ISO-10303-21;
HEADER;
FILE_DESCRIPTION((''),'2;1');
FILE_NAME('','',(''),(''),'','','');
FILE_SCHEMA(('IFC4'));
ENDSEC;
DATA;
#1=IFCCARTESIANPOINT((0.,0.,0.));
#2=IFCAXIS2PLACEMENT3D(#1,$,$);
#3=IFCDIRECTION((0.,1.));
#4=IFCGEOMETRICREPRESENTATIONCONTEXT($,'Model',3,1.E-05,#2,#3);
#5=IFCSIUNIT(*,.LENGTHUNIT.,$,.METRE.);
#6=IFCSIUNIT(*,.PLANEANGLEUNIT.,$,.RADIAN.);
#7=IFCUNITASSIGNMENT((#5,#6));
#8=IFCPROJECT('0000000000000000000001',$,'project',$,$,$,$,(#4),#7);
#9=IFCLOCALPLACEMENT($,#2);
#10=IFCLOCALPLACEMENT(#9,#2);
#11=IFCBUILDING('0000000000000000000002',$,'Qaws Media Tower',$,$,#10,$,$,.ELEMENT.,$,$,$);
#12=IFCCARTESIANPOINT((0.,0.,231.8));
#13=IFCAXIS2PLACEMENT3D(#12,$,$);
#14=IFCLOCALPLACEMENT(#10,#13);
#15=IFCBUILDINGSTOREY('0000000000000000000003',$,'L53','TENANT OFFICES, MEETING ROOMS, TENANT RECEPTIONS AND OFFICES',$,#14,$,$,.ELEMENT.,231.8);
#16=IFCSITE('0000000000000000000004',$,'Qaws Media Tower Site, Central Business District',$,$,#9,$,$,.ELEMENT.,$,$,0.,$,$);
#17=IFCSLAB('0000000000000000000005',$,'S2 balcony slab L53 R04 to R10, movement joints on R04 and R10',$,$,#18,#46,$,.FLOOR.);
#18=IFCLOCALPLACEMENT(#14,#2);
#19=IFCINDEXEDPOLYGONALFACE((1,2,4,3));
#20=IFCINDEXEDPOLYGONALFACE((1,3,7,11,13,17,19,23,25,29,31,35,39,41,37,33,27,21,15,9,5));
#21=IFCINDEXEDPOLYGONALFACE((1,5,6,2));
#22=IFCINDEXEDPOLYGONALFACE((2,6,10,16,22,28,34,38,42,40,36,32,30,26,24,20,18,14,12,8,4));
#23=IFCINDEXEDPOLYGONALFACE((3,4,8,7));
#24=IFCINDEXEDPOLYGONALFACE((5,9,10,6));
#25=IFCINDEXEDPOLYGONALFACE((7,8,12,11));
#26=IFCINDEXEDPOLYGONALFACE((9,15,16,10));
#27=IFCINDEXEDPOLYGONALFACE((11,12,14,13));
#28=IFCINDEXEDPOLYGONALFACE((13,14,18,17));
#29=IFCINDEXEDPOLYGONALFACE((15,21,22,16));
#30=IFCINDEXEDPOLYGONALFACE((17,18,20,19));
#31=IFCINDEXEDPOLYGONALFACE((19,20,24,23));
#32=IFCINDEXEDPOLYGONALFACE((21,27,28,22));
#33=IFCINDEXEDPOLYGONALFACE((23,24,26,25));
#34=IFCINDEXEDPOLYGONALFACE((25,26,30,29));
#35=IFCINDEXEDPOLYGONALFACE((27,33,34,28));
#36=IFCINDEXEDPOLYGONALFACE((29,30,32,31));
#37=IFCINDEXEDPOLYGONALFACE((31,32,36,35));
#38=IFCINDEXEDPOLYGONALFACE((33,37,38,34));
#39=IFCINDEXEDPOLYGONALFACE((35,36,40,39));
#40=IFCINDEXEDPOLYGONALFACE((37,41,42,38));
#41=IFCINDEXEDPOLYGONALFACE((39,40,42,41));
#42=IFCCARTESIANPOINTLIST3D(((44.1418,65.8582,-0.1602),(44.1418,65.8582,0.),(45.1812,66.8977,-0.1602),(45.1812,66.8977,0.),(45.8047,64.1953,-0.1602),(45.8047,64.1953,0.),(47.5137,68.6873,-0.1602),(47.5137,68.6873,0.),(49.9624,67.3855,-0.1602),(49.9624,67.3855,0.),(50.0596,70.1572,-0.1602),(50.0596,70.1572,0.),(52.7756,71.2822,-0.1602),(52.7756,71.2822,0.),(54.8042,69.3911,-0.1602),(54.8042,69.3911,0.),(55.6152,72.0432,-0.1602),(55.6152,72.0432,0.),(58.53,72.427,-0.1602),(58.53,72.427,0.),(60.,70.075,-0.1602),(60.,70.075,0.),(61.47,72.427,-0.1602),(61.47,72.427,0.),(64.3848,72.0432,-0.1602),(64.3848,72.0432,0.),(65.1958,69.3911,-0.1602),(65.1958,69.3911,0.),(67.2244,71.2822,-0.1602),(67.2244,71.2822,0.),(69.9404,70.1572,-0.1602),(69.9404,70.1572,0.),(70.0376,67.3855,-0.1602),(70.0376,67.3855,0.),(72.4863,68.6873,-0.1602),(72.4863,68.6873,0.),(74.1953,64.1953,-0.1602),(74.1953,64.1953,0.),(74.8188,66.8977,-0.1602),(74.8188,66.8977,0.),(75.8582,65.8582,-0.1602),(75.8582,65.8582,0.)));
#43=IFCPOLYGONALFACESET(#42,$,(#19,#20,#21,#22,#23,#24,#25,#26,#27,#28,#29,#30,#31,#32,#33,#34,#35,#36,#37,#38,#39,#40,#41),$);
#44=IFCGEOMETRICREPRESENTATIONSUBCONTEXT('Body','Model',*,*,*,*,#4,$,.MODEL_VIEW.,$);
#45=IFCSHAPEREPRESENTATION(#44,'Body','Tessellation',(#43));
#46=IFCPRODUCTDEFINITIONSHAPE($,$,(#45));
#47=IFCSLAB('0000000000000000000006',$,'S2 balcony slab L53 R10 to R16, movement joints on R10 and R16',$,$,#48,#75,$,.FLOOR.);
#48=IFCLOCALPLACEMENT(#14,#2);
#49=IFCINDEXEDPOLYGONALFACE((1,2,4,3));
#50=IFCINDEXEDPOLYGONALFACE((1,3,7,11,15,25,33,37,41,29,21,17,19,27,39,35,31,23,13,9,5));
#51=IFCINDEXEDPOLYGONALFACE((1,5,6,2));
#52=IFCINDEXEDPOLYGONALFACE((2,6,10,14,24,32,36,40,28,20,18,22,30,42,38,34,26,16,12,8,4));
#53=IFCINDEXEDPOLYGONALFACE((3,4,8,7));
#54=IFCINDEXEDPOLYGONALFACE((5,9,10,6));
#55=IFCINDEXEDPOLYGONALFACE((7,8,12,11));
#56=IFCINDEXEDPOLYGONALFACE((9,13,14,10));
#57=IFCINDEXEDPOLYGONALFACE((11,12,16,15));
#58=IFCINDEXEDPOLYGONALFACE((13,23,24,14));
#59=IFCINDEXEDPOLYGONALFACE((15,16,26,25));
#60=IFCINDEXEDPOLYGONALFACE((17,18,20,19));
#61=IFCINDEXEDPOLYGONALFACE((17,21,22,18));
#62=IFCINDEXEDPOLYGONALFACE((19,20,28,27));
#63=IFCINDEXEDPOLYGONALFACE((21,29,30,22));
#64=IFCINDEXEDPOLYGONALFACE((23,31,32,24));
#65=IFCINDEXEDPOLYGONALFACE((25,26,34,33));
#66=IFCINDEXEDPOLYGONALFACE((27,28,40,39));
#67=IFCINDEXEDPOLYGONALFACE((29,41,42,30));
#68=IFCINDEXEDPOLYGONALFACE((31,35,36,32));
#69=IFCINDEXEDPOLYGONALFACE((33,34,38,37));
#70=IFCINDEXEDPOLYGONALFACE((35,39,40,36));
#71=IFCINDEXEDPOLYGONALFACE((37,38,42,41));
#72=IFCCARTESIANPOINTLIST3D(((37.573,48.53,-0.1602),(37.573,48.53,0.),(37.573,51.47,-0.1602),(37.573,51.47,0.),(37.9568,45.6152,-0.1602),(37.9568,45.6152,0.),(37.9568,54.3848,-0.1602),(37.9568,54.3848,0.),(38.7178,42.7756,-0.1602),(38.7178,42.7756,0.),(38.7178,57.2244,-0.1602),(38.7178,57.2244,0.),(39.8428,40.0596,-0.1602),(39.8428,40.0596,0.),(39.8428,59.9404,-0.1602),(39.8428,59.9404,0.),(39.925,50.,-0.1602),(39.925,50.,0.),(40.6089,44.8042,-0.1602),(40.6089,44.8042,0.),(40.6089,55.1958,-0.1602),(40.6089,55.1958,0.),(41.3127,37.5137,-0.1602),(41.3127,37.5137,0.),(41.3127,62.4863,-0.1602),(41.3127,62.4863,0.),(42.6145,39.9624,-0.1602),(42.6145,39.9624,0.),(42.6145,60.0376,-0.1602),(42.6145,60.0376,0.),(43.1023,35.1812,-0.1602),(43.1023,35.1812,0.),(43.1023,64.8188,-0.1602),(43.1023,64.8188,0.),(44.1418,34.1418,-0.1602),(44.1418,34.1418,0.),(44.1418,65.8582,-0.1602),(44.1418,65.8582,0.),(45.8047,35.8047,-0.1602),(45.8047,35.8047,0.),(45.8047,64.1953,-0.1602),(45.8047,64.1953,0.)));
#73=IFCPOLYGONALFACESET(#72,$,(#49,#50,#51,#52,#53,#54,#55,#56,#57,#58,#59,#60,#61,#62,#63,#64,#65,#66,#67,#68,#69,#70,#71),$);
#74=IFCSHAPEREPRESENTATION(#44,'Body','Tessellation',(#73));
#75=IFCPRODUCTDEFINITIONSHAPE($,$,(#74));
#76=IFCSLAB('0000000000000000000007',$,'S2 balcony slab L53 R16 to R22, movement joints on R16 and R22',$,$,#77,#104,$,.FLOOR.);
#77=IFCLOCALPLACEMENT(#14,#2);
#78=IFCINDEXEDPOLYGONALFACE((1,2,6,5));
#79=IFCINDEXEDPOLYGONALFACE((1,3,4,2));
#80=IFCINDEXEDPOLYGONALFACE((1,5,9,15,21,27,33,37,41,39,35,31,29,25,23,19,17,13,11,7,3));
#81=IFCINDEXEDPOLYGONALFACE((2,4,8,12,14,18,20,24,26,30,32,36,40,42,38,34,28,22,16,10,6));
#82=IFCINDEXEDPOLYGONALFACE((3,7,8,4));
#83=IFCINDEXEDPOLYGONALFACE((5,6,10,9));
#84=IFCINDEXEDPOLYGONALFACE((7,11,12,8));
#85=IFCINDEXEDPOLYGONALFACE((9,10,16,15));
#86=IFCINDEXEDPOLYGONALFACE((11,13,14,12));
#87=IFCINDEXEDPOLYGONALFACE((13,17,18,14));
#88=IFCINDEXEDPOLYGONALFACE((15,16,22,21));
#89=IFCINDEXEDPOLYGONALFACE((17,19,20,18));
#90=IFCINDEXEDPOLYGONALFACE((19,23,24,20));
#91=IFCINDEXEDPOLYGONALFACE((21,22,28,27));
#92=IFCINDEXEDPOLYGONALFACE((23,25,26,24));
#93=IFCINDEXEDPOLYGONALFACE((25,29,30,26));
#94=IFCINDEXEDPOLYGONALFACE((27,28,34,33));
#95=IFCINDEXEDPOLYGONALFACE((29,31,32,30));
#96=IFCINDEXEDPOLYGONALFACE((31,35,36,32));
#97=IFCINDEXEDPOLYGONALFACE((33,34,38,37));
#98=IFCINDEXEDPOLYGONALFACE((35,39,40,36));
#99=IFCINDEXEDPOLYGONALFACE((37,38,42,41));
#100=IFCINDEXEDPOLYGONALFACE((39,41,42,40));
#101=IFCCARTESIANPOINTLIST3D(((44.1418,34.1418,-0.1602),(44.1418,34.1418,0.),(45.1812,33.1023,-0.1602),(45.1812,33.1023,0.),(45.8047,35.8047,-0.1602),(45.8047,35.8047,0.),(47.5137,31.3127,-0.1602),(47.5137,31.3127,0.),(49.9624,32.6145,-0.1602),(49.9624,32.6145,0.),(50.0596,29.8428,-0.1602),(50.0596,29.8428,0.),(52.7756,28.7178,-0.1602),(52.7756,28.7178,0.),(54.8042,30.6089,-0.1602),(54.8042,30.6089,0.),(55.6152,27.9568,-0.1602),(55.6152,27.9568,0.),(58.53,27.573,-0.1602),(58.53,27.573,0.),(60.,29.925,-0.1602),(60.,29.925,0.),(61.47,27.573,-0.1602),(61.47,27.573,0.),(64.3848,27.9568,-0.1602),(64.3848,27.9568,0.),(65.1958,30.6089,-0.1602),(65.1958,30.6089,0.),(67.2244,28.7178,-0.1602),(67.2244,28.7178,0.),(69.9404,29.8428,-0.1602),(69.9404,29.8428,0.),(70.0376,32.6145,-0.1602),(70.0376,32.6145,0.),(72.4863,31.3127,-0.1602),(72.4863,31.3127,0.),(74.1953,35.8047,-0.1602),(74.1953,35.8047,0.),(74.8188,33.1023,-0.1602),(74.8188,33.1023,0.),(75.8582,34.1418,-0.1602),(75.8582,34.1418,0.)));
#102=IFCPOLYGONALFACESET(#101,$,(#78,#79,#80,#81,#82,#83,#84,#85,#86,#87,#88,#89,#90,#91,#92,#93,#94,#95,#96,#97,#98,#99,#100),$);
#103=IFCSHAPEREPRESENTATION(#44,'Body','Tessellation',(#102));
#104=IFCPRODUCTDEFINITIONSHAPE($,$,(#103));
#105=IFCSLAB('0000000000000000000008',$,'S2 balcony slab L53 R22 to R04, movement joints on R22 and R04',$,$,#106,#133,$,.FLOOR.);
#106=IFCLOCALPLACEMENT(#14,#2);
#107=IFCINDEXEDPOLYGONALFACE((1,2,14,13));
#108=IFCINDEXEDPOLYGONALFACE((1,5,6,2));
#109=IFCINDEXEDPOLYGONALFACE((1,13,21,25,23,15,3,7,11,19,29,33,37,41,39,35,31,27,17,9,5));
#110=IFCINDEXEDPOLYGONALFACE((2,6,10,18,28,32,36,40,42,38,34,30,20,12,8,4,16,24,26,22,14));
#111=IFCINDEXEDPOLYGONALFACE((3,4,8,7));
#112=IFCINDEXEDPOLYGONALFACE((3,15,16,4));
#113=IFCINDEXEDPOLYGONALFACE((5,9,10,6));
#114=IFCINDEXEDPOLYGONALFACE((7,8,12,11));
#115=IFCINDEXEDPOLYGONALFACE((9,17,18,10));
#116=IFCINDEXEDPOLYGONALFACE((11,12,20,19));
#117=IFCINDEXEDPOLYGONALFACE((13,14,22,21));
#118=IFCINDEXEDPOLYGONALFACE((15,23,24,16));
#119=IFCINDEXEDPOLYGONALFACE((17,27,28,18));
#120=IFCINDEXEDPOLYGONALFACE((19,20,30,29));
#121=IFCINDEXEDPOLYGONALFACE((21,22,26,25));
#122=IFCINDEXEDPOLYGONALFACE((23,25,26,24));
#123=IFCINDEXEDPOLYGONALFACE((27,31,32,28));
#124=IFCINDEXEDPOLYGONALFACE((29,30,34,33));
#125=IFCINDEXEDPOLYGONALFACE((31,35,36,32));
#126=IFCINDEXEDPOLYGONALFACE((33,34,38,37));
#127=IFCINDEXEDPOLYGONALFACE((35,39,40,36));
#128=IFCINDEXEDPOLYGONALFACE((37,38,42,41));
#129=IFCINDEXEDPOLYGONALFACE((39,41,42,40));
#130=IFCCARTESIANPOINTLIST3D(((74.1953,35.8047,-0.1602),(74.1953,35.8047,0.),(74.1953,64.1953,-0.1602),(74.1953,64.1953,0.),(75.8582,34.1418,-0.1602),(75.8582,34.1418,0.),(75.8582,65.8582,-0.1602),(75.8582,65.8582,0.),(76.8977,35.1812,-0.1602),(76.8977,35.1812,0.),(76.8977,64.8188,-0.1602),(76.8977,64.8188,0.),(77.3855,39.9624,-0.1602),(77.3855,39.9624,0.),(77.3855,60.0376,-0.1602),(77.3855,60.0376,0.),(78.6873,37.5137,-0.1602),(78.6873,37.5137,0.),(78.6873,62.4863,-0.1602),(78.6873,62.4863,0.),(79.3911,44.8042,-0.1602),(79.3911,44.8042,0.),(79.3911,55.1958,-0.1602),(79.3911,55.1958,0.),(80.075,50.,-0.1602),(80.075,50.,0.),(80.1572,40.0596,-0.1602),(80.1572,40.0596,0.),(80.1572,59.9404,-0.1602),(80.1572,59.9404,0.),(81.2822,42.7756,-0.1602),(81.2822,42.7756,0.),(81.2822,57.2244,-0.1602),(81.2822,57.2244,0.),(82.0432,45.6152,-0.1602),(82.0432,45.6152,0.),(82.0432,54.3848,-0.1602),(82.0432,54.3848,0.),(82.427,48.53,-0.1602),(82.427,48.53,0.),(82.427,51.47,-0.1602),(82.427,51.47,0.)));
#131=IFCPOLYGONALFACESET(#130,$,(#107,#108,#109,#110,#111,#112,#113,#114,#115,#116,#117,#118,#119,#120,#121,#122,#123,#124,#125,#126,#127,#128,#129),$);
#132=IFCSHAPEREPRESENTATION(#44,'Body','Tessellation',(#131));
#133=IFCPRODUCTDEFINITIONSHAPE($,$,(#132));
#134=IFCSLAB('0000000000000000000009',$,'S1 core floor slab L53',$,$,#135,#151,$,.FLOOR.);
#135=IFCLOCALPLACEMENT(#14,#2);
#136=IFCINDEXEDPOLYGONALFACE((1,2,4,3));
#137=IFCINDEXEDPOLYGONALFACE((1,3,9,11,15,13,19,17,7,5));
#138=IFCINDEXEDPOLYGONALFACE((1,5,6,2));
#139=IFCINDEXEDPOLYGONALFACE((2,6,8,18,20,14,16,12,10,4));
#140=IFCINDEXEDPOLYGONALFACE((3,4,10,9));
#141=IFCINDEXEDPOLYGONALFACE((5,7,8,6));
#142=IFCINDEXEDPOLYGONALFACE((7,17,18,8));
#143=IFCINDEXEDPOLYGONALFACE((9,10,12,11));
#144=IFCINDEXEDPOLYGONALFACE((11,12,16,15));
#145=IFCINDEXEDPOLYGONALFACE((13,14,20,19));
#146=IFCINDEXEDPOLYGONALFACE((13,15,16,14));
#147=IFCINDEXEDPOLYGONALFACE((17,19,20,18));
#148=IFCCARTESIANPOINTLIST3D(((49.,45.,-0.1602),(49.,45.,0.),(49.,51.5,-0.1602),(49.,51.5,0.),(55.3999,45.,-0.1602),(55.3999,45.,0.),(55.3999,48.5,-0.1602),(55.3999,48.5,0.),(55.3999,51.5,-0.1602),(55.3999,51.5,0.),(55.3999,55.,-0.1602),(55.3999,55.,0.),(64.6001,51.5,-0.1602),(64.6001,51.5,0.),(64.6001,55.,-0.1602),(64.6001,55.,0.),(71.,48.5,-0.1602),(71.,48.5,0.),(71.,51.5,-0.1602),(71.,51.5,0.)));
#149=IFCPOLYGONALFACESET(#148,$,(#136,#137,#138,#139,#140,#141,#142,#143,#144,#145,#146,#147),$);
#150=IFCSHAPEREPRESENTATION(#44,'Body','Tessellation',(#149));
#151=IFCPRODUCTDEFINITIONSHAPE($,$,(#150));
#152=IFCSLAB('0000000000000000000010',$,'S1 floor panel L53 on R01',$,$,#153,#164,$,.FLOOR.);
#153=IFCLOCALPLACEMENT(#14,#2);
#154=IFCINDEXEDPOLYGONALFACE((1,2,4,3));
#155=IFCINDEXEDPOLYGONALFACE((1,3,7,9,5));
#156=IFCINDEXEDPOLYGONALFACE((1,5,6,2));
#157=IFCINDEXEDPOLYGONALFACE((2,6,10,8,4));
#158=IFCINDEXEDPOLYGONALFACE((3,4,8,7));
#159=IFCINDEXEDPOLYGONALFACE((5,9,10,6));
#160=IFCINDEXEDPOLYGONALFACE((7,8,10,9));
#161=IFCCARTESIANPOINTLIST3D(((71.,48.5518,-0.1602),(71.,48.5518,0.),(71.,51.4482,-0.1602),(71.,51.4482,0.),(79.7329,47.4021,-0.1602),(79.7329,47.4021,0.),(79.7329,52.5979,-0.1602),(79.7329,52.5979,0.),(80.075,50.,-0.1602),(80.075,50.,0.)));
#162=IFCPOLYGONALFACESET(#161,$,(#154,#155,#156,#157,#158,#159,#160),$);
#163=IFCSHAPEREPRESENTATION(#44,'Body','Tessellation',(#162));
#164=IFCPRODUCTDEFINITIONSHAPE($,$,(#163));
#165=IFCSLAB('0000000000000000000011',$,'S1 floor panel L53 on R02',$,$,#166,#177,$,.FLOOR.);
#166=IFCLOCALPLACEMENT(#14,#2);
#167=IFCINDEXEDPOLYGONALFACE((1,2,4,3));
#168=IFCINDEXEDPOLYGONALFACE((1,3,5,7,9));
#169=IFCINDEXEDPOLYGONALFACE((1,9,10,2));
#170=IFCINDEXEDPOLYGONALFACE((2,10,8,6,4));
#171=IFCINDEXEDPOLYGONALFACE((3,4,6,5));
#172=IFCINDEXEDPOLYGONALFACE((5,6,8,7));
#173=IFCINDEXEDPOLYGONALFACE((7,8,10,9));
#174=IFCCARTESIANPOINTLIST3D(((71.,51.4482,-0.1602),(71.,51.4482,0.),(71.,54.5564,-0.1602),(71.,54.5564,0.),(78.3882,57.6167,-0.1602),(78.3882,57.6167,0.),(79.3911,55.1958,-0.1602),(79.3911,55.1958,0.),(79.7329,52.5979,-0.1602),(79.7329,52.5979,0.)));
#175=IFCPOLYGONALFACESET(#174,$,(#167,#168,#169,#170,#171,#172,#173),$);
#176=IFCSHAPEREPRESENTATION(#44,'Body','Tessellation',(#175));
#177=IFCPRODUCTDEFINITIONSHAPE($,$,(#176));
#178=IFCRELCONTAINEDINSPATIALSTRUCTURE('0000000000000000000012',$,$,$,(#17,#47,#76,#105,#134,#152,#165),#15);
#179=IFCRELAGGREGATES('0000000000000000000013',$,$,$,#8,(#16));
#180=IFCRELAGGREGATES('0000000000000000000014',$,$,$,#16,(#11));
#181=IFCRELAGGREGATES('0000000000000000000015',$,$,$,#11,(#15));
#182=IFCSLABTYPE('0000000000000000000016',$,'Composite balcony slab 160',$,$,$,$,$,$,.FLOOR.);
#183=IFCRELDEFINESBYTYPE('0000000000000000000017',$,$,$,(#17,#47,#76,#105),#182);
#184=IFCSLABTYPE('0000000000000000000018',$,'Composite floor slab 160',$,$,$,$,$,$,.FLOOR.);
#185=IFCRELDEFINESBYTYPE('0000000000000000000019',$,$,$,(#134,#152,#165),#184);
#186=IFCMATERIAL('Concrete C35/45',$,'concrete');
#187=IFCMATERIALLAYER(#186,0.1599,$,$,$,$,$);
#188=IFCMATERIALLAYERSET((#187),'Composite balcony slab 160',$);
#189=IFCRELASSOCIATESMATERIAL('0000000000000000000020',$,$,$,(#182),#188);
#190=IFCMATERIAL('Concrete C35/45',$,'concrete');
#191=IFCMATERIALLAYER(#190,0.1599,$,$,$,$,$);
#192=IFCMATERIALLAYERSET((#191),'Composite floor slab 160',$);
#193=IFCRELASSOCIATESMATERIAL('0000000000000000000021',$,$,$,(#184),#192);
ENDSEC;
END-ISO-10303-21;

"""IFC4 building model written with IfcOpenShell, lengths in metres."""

from ifc_helpers import new_model, si_unit, direction, frame, origin, place, context, subcontext, project, spatial, polyline, outline, extrude, material, layer, layer_set, type_object, element, save


model = new_model("IFC4")

# Units and contexts
model_context = context("Model", 3, precision=1e-05, world=origin(), true_north=direction((0.0, 1.0)))
body_context = subcontext(model_context, "Body", "Model", "MODEL_VIEW")
ifc_project = project(units=[si_unit("LENGTHUNIT", "METRE"), si_unit("PLANEANGLEUNIT", "RADIAN")], contexts=[model_context])

# Site, building, storey
site_placement = place(None, origin())
site = spatial("IfcSite", under=ifc_project, at=site_placement, Name="Qaws Media Tower Site, Central Business District", CompositionType="ELEMENT", RefElevation=0.0)
building_placement = place(site_placement, origin())
building = spatial("IfcBuilding", under=site, at=building_placement, Name="Qaws Media Tower", CompositionType="ELEMENT")
storey_placement = place(building_placement, frame((0.0, 0.0, 231.8)))
storey = spatial("IfcBuildingStorey", under=building, at=storey_placement, Name="L53", Description="TENANT OFFICES, MEETING ROOMS, TENANT RECEPTIONS AND OFFICES", CompositionType="ELEMENT", Elevation=231.8)

# Slabs
ifc_material_1 = material(Name="Concrete C35/45", Category="concrete")
ifc_layer_1 = layer(ifc_material_1, 0.1599)
ifc_layer_set_1 = layer_set([ifc_layer_1], Name="Composite balcony slab 160")
slab_type_1 = type_object("IfcSlabType", Name="Composite balcony slab 160", PredefinedType="FLOOR", material=ifc_layer_set_1)
slab_1_placement = place(storey_placement, frame((0.0, 0.0, -0.1602)))
element("IfcSlab", 1, at=slab_1_placement, inside=storey, type_object=slab_type_1, Name="S2 balcony slab L53 R04 to R10, movement joints on R04 and R10", PredefinedType="FLOOR", context=body_context, shape_type="SweptSolid", body=[
    extrude(outline(polyline([(45.1812, 66.8977), (47.5137, 68.6873), (50.0596, 70.1572), (52.7756, 71.2822), (55.6152, 72.0432), (58.53, 72.427), (61.47, 72.427), (64.3848, 72.0432), (67.2244, 71.2822), (69.9404, 70.1572), (72.4863, 68.6873), (74.8188, 66.8977), (75.8582, 65.8582), (74.1953, 64.1953), (70.0376, 67.3855), (65.1958, 69.3911), (60.0, 70.075), (54.8042, 69.3911), (49.9624, 67.3855), (45.8047, 64.1953), (44.1418, 65.8582), (45.1812, 66.8977)])), origin(), (0.0, 0.0, 1.0), 0.1602),
])
slab_2_placement = place(storey_placement, frame((0.0, 0.0, -0.1602)))
element("IfcSlab", 2, at=slab_2_placement, inside=storey, type_object=slab_type_1, Name="S2 balcony slab L53 R10 to R16, movement joints on R10 and R16", PredefinedType="FLOOR", context=body_context, shape_type="SweptSolid", body=[
    extrude(outline(polyline([(43.1023, 35.1812), (41.3127, 37.5137), (39.8428, 40.0596), (38.7178, 42.7756), (37.9568, 45.6152), (37.573, 48.53), (37.573, 51.47), (37.9568, 54.3848), (38.7178, 57.2244), (39.8428, 59.9404), (41.3127, 62.4863), (43.1023, 64.8188), (44.1418, 65.8582), (45.8047, 64.1953), (42.6145, 60.0376), (40.6089, 55.1958), (39.925, 50.0), (40.6089, 44.8042), (42.6145, 39.9624), (45.8047, 35.8047), (44.1418, 34.1418), (43.1023, 35.1812)])), origin(), (0.0, 0.0, 1.0), 0.1602),
])
slab_3_placement = place(storey_placement, frame((0.0, 0.0, -0.1602)))
element("IfcSlab", 3, at=slab_3_placement, inside=storey, type_object=slab_type_1, Name="S2 balcony slab L53 R16 to R22, movement joints on R16 and R22", PredefinedType="FLOOR", context=body_context, shape_type="SweptSolid", body=[
    extrude(outline(polyline([(74.8188, 33.1023), (72.4863, 31.3127), (69.9404, 29.8428), (67.2244, 28.7178), (64.3848, 27.9568), (61.47, 27.573), (58.53, 27.573), (55.6152, 27.9568), (52.7756, 28.7178), (50.0596, 29.8428), (47.5137, 31.3127), (45.1812, 33.1023), (44.1418, 34.1418), (45.8047, 35.8047), (49.9624, 32.6145), (54.8042, 30.6089), (60.0, 29.925), (65.1958, 30.6089), (70.0376, 32.6145), (74.1953, 35.8047), (75.8582, 34.1418), (74.8188, 33.1023)])), origin(), (0.0, 0.0, 1.0), 0.1602),
])
slab_4_placement = place(storey_placement, frame((0.0, 0.0, -0.1602)))
element("IfcSlab", 4, at=slab_4_placement, inside=storey, type_object=slab_type_1, Name="S2 balcony slab L53 R22 to R04, movement joints on R22 and R04", PredefinedType="FLOOR", context=body_context, shape_type="SweptSolid", body=[
    extrude(outline(polyline([(82.0432, 45.6152), (81.2822, 42.7756), (80.1572, 40.0596), (78.6873, 37.5137), (76.8977, 35.1812), (75.8582, 34.1418), (74.1953, 35.8047), (77.3855, 39.9624), (79.3911, 44.8042), (80.075, 50.0), (79.3911, 55.1958), (77.3855, 60.0376), (74.1953, 64.1953), (75.8582, 65.8582), (76.8977, 64.8188), (78.6873, 62.4863), (80.1572, 59.9404), (81.2822, 57.2244), (82.0432, 54.3848), (82.427, 51.47), (82.427, 48.53), (82.0432, 45.6152)])), origin(), (0.0, 0.0, 1.0), 0.1602),
])
ifc_material_2 = material(Name="Concrete C35/45", Category="concrete")
ifc_layer_2 = layer(ifc_material_2, 0.1599)
ifc_layer_set_2 = layer_set([ifc_layer_2], Name="Composite floor slab 160")
slab_type_2 = type_object("IfcSlabType", Name="Composite floor slab 160", PredefinedType="FLOOR", material=ifc_layer_set_2)
slab_5_placement = place(storey_placement, frame((0.0, 0.0, -0.1602)))
element("IfcSlab", 5, at=slab_5_placement, inside=storey, type_object=slab_type_2, Name="S1 core floor slab L53", PredefinedType="FLOOR", context=body_context, shape_type="SweptSolid", body=[
    extrude(outline(polyline([(71.0, 51.5), (71.0, 48.5), (55.3999, 48.5), (55.3999, 45.0), (49.0, 45.0), (49.0, 51.5), (55.3999, 51.5), (55.3999, 55.0), (64.6001, 55.0), (64.6001, 51.5), (71.0, 51.5)])), origin(), (0.0, 0.0, 1.0), 0.1602),
])
slab_6_placement = place(storey_placement, frame((0.0, 0.0, -0.1602)))
element("IfcSlab", 6, at=slab_6_placement, inside=storey, type_object=slab_type_2, Name="S1 floor panel L53 on R01", PredefinedType="FLOOR", context=body_context, shape_type="SweptSolid", body=[
    extrude(outline(polyline([(80.075, 50.0), (79.7329, 47.4021), (71.0, 48.5518), (71.0, 51.4482), (79.7329, 52.5979), (80.075, 50.0)])), origin(), (0.0, 0.0, 1.0), 0.1602),
])
slab_7_placement = place(storey_placement, frame((0.0, 0.0, -0.1602)))
element("IfcSlab", 7, at=slab_7_placement, inside=storey, type_object=slab_type_2, Name="S1 floor panel L53 on R02", PredefinedType="FLOOR", context=body_context, shape_type="SweptSolid", body=[
    extrude(outline(polyline([(79.3911, 55.1958), (79.7329, 52.5979), (71.0, 51.4482), (71.0, 54.5564), (78.3882, 57.6167), (79.3911, 55.1958)])), origin(), (0.0, 0.0, 1.0), 0.1602),
])

save(model, "model.ifc")
